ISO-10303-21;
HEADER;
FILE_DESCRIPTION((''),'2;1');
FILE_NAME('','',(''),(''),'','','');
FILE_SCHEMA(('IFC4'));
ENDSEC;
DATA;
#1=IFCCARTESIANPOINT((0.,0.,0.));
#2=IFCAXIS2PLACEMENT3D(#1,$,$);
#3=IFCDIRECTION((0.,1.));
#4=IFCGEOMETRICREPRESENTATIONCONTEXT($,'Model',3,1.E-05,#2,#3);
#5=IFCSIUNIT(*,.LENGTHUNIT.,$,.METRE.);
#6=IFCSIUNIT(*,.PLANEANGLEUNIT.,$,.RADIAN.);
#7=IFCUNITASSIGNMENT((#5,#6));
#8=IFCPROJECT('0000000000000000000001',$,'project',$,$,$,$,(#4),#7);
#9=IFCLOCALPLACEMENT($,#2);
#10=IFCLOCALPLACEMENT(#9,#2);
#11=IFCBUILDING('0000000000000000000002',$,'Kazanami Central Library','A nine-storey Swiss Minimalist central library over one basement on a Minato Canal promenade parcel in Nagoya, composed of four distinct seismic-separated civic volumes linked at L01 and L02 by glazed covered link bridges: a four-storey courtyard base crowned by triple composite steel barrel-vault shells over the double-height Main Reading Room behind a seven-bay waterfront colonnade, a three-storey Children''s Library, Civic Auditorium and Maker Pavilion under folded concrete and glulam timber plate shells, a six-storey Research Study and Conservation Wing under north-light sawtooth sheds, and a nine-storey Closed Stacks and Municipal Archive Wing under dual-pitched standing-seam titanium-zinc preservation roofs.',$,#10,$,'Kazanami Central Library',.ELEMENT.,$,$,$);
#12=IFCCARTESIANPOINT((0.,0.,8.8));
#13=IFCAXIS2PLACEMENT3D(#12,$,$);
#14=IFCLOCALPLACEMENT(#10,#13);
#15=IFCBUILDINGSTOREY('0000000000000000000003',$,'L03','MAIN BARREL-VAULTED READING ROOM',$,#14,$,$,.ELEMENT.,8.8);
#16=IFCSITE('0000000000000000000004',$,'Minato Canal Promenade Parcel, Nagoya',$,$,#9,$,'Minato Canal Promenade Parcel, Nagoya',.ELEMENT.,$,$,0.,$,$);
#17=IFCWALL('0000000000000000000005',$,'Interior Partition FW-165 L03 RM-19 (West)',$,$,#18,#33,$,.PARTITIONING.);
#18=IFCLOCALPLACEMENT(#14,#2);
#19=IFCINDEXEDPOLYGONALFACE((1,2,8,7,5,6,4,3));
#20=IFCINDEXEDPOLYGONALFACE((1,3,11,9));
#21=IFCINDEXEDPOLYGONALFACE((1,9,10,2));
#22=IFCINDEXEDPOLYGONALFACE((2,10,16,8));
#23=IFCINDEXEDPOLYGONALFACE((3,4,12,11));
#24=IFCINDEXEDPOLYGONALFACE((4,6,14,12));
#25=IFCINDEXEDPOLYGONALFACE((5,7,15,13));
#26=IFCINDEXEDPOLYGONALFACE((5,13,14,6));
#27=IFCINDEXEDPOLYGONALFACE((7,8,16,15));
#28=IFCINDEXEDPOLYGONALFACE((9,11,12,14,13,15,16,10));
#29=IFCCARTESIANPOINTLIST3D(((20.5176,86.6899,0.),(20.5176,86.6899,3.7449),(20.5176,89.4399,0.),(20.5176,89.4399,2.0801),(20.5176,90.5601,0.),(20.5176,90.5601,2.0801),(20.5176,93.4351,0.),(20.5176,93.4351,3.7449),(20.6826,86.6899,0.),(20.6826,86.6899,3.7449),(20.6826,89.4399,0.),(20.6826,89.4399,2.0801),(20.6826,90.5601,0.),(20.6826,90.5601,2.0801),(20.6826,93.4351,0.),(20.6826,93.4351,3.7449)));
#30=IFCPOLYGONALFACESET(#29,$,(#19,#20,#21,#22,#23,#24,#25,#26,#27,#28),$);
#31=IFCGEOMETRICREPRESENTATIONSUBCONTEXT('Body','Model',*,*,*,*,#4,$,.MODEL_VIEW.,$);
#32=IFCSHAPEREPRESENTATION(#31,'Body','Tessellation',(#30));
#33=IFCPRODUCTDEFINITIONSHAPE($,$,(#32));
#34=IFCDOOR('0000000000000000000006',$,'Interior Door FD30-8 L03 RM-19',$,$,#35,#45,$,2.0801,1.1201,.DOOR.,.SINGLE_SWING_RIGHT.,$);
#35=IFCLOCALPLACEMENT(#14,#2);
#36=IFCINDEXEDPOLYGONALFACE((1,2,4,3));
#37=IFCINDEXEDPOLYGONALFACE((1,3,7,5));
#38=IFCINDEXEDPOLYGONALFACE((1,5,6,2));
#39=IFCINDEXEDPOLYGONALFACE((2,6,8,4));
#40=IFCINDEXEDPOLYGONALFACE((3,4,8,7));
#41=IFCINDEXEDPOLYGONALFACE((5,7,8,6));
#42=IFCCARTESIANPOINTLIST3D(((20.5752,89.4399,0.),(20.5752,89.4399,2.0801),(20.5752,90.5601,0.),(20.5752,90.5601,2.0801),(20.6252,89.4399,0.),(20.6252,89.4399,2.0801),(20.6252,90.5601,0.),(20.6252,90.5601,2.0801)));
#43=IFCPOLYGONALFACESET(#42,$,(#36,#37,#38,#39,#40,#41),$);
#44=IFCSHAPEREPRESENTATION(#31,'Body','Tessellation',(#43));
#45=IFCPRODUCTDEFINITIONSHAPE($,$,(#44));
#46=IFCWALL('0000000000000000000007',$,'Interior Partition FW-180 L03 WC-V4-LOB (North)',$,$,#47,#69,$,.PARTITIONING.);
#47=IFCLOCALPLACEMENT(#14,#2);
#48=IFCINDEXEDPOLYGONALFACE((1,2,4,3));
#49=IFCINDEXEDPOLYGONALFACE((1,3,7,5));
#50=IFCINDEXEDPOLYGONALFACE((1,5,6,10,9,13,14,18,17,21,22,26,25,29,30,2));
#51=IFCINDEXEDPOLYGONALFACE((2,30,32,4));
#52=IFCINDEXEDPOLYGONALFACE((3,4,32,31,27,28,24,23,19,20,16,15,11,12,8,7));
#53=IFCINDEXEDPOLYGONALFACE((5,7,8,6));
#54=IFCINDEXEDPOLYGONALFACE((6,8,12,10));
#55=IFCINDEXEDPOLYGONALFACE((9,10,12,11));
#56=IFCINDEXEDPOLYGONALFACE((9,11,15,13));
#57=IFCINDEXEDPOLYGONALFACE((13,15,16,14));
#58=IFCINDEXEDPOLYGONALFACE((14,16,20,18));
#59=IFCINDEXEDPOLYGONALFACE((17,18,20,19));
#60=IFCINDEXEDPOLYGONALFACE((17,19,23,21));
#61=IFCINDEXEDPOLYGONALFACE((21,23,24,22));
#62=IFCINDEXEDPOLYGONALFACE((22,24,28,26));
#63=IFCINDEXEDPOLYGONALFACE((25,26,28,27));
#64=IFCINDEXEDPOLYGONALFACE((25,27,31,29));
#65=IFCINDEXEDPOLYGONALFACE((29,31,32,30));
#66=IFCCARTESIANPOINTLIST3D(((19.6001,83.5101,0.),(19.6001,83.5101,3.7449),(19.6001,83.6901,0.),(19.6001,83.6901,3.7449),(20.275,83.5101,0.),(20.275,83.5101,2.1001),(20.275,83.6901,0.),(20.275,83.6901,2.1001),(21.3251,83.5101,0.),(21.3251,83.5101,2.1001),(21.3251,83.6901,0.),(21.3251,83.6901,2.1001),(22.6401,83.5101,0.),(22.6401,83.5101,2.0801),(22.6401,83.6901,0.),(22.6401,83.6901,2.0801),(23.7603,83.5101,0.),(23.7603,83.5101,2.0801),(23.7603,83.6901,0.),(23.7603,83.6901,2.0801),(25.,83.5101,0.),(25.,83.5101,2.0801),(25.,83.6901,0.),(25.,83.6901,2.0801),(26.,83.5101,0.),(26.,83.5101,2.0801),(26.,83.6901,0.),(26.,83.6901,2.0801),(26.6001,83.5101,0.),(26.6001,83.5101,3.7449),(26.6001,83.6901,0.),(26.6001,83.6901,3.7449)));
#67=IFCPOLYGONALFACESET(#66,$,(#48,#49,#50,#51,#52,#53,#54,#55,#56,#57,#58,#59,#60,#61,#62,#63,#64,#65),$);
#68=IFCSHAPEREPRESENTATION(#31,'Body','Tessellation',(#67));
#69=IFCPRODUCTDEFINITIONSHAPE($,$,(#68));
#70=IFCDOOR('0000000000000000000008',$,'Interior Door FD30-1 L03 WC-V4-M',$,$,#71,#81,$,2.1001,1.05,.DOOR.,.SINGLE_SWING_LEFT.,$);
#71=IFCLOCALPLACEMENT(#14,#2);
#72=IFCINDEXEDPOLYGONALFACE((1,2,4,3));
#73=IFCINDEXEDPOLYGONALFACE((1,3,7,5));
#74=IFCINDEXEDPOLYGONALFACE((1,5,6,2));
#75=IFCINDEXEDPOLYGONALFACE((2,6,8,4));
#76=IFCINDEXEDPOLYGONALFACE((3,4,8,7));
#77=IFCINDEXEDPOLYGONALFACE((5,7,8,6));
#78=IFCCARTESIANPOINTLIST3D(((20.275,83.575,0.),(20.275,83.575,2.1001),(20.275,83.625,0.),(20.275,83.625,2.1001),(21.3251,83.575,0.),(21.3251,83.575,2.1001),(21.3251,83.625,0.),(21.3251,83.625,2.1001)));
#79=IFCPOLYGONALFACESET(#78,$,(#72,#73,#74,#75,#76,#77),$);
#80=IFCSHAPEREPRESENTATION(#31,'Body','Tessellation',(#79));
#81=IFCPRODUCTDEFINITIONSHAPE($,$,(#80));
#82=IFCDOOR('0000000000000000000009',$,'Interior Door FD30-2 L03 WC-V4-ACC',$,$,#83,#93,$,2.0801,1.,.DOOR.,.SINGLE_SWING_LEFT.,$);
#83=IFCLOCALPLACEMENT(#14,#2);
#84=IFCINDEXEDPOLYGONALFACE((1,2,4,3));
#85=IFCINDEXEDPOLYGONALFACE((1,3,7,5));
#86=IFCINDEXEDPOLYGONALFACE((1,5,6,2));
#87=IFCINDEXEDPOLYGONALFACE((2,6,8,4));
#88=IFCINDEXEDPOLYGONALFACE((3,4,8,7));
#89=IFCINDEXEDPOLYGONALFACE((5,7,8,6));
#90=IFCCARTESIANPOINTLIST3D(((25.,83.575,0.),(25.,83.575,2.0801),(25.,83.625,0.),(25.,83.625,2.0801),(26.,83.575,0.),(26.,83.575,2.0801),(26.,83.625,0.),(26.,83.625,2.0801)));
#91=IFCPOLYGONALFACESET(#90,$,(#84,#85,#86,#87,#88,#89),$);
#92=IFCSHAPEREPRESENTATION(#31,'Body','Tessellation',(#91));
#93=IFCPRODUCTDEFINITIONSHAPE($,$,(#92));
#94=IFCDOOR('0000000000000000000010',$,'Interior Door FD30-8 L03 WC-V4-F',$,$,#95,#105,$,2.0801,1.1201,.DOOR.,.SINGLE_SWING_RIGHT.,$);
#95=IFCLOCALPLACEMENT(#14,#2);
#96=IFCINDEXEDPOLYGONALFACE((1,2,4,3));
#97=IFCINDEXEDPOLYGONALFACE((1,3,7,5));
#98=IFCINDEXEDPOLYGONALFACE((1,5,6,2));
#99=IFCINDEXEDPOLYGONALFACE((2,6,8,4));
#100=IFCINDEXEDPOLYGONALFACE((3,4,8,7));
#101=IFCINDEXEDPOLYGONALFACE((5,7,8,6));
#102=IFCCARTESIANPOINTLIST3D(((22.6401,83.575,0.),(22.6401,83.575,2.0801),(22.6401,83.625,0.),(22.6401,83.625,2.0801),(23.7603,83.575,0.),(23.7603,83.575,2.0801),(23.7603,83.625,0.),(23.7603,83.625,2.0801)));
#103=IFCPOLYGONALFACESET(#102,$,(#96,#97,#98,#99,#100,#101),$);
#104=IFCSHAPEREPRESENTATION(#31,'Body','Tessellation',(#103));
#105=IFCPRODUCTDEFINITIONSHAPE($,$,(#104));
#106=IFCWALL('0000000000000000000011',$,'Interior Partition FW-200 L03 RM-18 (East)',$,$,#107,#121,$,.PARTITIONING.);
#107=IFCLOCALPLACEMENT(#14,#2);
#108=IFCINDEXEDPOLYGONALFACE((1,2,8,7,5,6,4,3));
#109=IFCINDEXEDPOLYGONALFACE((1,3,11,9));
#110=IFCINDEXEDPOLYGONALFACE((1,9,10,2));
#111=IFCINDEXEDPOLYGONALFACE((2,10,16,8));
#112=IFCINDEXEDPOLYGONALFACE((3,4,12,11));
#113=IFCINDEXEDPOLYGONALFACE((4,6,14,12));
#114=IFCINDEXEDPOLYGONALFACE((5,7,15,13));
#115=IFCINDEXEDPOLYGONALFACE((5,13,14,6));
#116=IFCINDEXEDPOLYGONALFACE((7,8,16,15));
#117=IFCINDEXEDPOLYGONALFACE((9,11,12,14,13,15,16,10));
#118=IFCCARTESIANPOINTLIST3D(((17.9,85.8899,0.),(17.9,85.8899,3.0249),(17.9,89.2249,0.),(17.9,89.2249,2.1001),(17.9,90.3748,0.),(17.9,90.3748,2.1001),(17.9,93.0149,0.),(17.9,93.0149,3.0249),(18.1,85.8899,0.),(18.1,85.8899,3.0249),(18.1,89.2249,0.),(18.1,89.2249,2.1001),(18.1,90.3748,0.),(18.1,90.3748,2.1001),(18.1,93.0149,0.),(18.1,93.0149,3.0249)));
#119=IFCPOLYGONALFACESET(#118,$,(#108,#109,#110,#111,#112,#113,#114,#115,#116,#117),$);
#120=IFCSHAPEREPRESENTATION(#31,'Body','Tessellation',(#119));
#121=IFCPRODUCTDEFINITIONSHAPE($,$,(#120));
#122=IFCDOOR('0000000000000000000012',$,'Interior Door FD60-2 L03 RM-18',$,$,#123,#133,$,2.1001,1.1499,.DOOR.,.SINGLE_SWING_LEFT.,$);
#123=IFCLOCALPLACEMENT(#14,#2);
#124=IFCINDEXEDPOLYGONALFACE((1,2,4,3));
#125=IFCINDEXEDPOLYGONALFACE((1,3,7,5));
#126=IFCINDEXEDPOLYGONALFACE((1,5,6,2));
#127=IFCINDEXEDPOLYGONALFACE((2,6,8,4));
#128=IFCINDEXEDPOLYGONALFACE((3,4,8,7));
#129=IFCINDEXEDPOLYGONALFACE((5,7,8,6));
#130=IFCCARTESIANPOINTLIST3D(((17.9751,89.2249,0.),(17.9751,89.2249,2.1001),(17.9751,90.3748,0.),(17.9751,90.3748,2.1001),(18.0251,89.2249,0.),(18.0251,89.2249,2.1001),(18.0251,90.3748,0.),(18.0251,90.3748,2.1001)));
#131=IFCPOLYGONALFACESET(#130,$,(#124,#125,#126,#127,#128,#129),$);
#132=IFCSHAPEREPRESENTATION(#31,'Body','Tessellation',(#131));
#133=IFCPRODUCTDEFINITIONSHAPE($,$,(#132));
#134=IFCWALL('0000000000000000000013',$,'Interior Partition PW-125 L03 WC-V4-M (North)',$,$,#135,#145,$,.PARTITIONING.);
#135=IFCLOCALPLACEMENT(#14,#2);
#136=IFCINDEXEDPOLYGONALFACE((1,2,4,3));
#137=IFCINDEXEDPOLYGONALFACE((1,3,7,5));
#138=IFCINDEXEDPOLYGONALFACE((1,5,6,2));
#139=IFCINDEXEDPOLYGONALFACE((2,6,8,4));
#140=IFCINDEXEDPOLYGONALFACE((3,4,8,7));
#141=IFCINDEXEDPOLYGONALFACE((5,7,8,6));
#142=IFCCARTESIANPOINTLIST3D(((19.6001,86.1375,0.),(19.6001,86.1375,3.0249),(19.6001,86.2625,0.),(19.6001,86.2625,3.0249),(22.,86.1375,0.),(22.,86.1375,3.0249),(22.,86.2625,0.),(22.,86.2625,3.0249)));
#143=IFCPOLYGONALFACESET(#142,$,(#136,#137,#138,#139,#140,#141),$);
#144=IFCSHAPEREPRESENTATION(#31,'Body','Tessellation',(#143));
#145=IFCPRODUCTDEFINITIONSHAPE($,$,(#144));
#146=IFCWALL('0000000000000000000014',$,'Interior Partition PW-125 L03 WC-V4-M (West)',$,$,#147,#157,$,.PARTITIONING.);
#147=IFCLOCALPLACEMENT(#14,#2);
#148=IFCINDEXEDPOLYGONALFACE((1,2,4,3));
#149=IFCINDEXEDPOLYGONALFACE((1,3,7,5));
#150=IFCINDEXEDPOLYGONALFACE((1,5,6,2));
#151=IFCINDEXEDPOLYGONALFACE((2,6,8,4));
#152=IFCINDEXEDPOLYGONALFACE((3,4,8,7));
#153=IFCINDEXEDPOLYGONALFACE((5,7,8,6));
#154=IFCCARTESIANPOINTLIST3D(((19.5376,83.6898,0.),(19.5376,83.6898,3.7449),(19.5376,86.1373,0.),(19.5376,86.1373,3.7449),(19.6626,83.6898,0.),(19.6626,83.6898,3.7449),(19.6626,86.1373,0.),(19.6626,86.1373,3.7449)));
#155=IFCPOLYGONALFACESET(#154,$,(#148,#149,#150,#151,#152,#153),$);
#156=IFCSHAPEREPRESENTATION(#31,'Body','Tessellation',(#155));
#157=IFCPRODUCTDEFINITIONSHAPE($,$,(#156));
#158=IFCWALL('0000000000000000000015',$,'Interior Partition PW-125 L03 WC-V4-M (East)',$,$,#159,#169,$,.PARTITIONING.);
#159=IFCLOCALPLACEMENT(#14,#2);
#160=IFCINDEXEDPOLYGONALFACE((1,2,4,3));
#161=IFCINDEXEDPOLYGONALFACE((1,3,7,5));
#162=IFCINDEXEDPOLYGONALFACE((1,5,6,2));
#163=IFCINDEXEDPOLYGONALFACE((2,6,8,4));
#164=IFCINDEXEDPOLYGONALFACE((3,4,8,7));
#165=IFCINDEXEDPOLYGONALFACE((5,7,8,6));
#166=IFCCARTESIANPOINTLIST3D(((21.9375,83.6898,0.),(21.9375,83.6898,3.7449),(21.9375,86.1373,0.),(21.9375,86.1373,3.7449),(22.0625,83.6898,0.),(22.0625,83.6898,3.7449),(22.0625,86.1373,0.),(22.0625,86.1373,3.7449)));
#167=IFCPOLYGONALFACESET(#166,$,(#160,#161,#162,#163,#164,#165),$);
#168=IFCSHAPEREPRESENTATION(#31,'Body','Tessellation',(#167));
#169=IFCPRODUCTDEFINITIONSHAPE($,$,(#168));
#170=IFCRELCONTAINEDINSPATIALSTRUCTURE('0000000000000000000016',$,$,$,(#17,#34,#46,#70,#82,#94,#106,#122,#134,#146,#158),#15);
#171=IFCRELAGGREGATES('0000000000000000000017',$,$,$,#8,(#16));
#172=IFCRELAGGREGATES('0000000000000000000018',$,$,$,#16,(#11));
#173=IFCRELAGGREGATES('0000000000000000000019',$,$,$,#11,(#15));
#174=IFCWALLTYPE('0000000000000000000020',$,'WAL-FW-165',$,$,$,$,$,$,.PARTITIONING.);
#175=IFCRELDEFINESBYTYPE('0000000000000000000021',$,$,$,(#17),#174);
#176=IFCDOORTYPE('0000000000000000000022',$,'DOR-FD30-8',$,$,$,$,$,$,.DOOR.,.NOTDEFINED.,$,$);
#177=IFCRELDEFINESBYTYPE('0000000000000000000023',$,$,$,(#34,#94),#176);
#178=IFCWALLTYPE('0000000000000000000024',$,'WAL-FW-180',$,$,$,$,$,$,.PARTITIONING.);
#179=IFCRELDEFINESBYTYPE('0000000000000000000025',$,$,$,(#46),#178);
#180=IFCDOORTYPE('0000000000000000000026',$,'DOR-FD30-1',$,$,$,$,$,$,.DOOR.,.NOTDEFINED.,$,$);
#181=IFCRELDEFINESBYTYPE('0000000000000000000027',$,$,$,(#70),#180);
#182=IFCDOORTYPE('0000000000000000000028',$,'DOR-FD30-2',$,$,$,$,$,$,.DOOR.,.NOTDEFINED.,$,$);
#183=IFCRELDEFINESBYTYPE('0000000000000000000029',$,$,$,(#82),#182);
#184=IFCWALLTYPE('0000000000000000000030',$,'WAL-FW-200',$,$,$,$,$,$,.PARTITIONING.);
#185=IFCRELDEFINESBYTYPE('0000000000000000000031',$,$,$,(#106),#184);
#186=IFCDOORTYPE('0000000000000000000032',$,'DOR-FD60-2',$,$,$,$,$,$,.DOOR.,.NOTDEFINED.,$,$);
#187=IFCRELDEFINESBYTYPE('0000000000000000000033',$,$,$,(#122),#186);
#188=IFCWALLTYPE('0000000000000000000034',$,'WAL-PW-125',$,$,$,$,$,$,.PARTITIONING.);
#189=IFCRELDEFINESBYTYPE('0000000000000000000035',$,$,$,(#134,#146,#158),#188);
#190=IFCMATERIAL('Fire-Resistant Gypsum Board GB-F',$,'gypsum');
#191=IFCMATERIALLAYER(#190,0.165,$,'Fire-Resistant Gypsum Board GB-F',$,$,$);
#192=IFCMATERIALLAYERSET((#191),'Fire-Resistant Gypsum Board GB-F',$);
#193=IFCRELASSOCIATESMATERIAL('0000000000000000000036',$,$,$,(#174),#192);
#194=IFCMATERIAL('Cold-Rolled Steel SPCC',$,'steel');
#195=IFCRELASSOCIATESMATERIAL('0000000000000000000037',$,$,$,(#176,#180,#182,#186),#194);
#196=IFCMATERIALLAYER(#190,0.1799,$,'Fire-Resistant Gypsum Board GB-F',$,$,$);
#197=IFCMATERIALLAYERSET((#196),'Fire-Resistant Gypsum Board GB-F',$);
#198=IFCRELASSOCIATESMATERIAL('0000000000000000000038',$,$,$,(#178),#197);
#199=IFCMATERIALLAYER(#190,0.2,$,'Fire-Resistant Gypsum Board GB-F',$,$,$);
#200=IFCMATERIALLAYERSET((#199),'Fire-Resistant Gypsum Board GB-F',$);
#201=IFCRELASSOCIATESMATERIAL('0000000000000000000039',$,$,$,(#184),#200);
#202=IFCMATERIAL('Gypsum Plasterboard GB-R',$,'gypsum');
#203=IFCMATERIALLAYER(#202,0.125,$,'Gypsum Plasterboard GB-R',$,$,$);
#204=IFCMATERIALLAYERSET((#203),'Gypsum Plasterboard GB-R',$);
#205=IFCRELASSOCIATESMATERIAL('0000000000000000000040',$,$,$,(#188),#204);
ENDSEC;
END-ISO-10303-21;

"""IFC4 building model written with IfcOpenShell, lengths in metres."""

from ifc_helpers import new_model, si_unit, direction, frame, frame_2d, origin, place, context, subcontext, project, spatial, rectangle, extrude, material, layer, layer_set, type_object, element, fill, save


model = new_model("IFC4")

# Units and contexts
model_context = context("Model", 3, precision=1e-05, world=origin(), true_north=direction((0.0, 1.0)))
body_context = subcontext(model_context, "Body", "Model", "MODEL_VIEW")
ifc_project = project(units=[si_unit("LENGTHUNIT", "METRE"), si_unit("PLANEANGLEUNIT", "RADIAN")], contexts=[model_context])

# Site, building, storey
site_placement = place(None, origin())
site = spatial("IfcSite", under=ifc_project, at=site_placement, Name="Minato Canal Promenade Parcel, Nagoya", LongName="Minato Canal Promenade Parcel, Nagoya", CompositionType="ELEMENT", RefElevation=0.0)
building_placement = place(site_placement, origin())
building = spatial("IfcBuilding", under=site, at=building_placement, Name="Kazanami Central Library", Description="A nine-storey Swiss Minimalist central library over one basement on a Minato Canal promenade parcel in Nagoya, composed of four distinct seismic-separated civic volumes linked at L01 and L02 by glazed covered link bridges: a four-storey courtyard base crowned by triple composite steel barrel-vault shells over the double-height Main Reading Room behind a seven-bay waterfront colonnade, a three-storey Children's Library, Civic Auditorium and Maker Pavilion under folded concrete and glulam timber plate shells, a six-storey Research Study and Conservation Wing under north-light sawtooth sheds, and a nine-storey Closed Stacks and Municipal Archive Wing under dual-pitched standing-seam titanium-zinc preservation roofs.", LongName="Kazanami Central Library", CompositionType="ELEMENT")
storey_placement = place(building_placement, frame((0.0, 0.0, 8.8)))
storey = spatial("IfcBuildingStorey", under=building, at=storey_placement, Name="L03", Description="MAIN BARREL-VAULTED READING ROOM", CompositionType="ELEMENT", Elevation=8.8)

# Shared definitions
ifc_material_1 = material(Name="Fire-Resistant Gypsum Board GB-F", Category="gypsum")
ifc_layer_1 = layer(ifc_material_1, 0.165, Name="Fire-Resistant Gypsum Board GB-F")
ifc_layer_set_1 = layer_set([ifc_layer_1], Name="Fire-Resistant Gypsum Board GB-F")
wall_type_1 = type_object("IfcWallType", Name="WAL-FW-165", PredefinedType="PARTITIONING", material=ifc_layer_set_1)

# Wall, opening, door
wall_1_placement = place(storey_placement, frame((20.6001, 86.6899, 0.0), z_axis=(0.0, 0.0, 1.0), x_axis=(0.0, 1.0, 0.0)))
wall_1 = element("IfcWall", 1, at=wall_1_placement, inside=storey, type_object=wall_type_1, Name="Interior Partition FW-165 L03 RM-19 (West)", PredefinedType="PARTITIONING", context=body_context, shape_type="SweptSolid", body=[
    extrude(rectangle(XDim=6.7451, YDim=0.165, at=frame_2d((3.3726, 0.0))), origin(), (0.0, 0.0, 1.0), 3.7449),
])
opening_1_placement = place(wall_1_placement, frame((2.75, 0.0, 0.0)))
opening_1 = element("IfcOpeningElement", 2, at=opening_1_placement, cuts=wall_1, PredefinedType="OPENING", context=body_context, shape_type="SweptSolid", body=[
    extrude(rectangle(XDim=1.1201, YDim=2.0801, at=frame_2d((0.5601, 1.04))), frame((0.0, 0.0945, 0.0), z_axis=(0.0, -1.0, 0.0), x_axis=(1.0, 0.0, 0.0)), (0.0, 0.0, 1.0), 0.189),
])
ifc_material_2 = material(Name="Cold-Rolled Steel SPCC", Category="steel")
door_type_1 = type_object("IfcDoorType", Name="DOR-FD30-8", OperationType="NOTDEFINED", PredefinedType="DOOR", material=ifc_material_2)
door_1_placement = place(opening_1_placement, origin())
door_1 = element("IfcDoor", 3, at=door_1_placement, inside=storey, type_object=door_type_1, Name="Interior Door FD30-8 L03 RM-19", OperationType="SINGLE_SWING_RIGHT", OverallHeight=2.0801, OverallWidth=1.1201, PredefinedType="DOOR", context=body_context, shape_type="SweptSolid", body=[
    extrude(rectangle(XDim=1.1201, YDim=2.0801, at=frame_2d((0.5601, 1.04))), frame((0.0, 0.0249, 0.0), z_axis=(0.0, -1.0, 0.0), x_axis=(1.0, 0.0, 0.0)), (0.0, 0.0, 1.0), 0.05),
])
fill(opening_1, door_1)

# Wall, openings, doors
ifc_layer_2 = layer(ifc_material_1, 0.1799, Name="Fire-Resistant Gypsum Board GB-F")
ifc_layer_set_2 = layer_set([ifc_layer_2], Name="Fire-Resistant Gypsum Board GB-F")
wall_type_2 = type_object("IfcWallType", Name="WAL-FW-180", PredefinedType="PARTITIONING", material=ifc_layer_set_2)
wall_2_placement = place(storey_placement, frame((19.6001, 83.6001, 0.0), z_axis=(0.0, 0.0, 1.0), x_axis=(1.0, 0.0, 0.0)))
wall_2 = element("IfcWall", 4, at=wall_2_placement, inside=storey, type_object=wall_type_2, Name="Interior Partition FW-180 L03 WC-V4-LOB (North)", PredefinedType="PARTITIONING", context=body_context, shape_type="SweptSolid", body=[
    extrude(rectangle(XDim=7.0, YDim=0.1799, at=frame_2d((3.5, 0.0))), origin(), (0.0, 0.0, 1.0), 3.7449),
])
opening_2_placement = place(wall_2_placement, frame((0.675, 0.0, 0.0)))
opening_2 = element("IfcOpeningElement", 5, at=opening_2_placement, cuts=wall_2, PredefinedType="OPENING", context=body_context, shape_type="SweptSolid", body=[
    extrude(rectangle(XDim=1.05, YDim=2.1001, at=frame_2d((0.5249, 1.05))), frame((0.0, 0.1021, 0.0), z_axis=(0.0, -1.0, 0.0), x_axis=(1.0, 0.0, 0.0)), (0.0, 0.0, 1.0), 0.2039),
])
opening_3_placement = place(wall_2_placement, frame((3.04, 0.0, 0.0)))
opening_3 = element("IfcOpeningElement", 6, at=opening_3_placement, cuts=wall_2, PredefinedType="OPENING", context=body_context, shape_type="SweptSolid", body=[
    extrude(rectangle(XDim=1.1201, YDim=2.0801, at=frame_2d((0.5601, 1.04))), frame((0.0, 0.1021, 0.0), z_axis=(0.0, -1.0, 0.0), x_axis=(1.0, 0.0, 0.0)), (0.0, 0.0, 1.0), 0.2039),
])
opening_4_placement = place(wall_2_placement, frame((5.3999, 0.0, 0.0)))
opening_4 = element("IfcOpeningElement", 7, at=opening_4_placement, cuts=wall_2, PredefinedType="OPENING", context=body_context, shape_type="SweptSolid", body=[
    extrude(rectangle(XDim=1.0, YDim=2.0801, at=frame_2d((0.5, 1.04))), frame((0.0, 0.1021, 0.0), z_axis=(0.0, -1.0, 0.0), x_axis=(1.0, 0.0, 0.0)), (0.0, 0.0, 1.0), 0.2039),
])
door_type_2 = type_object("IfcDoorType", Name="DOR-FD30-1", OperationType="NOTDEFINED", PredefinedType="DOOR", material=ifc_material_2)
door_2_placement = place(opening_2_placement, origin())
door_2 = element("IfcDoor", 8, at=door_2_placement, inside=storey, type_object=door_type_2, Name="Interior Door FD30-1 L03 WC-V4-M", OperationType="SINGLE_SWING_LEFT", OverallHeight=2.1001, OverallWidth=1.05, PredefinedType="DOOR", context=body_context, shape_type="SweptSolid", body=[
    extrude(rectangle(XDim=1.05, YDim=2.1001, at=frame_2d((0.5249, 1.05))), frame((0.0, 0.0249, 0.0), z_axis=(0.0, -1.0, 0.0), x_axis=(1.0, 0.0, 0.0)), (0.0, 0.0, 1.0), 0.05),
])
fill(opening_2, door_2)
door_type_3 = type_object("IfcDoorType", Name="DOR-FD30-2", OperationType="NOTDEFINED", PredefinedType="DOOR", material=ifc_material_2)
door_3_placement = place(opening_4_placement, origin())
door_3 = element("IfcDoor", 9, at=door_3_placement, inside=storey, type_object=door_type_3, Name="Interior Door FD30-2 L03 WC-V4-ACC", OperationType="SINGLE_SWING_LEFT", OverallHeight=2.0801, OverallWidth=1.0, PredefinedType="DOOR", context=body_context, shape_type="SweptSolid", body=[
    extrude(rectangle(XDim=1.0, YDim=2.0801, at=frame_2d((0.5, 1.04))), frame((0.0, 0.0249, 0.0), z_axis=(0.0, -1.0, 0.0), x_axis=(1.0, 0.0, 0.0)), (0.0, 0.0, 1.0), 0.05),
])
fill(opening_4, door_3)
door_4_placement = place(opening_3_placement, origin())
door_4 = element("IfcDoor", 10, at=door_4_placement, inside=storey, type_object=door_type_1, Name="Interior Door FD30-8 L03 WC-V4-F", OperationType="SINGLE_SWING_RIGHT", OverallHeight=2.0801, OverallWidth=1.1201, PredefinedType="DOOR", context=body_context, shape_type="SweptSolid", body=[
    extrude(rectangle(XDim=1.1201, YDim=2.0801, at=frame_2d((0.5601, 1.04))), frame((0.0, 0.0249, 0.0), z_axis=(0.0, -1.0, 0.0), x_axis=(1.0, 0.0, 0.0)), (0.0, 0.0, 1.0), 0.05),
])
fill(opening_3, door_4)

# Wall, opening, door
ifc_layer_3 = layer(ifc_material_1, 0.2, Name="Fire-Resistant Gypsum Board GB-F")
ifc_layer_set_3 = layer_set([ifc_layer_3], Name="Fire-Resistant Gypsum Board GB-F")
wall_type_3 = type_object("IfcWallType", Name="WAL-FW-200", PredefinedType="PARTITIONING", material=ifc_layer_set_3)
wall_3_placement = place(storey_placement, frame((18.0, 85.8899, 0.0), z_axis=(0.0, 0.0, 1.0), x_axis=(0.0, 1.0, 0.0)))
wall_3 = element("IfcWall", 11, at=wall_3_placement, inside=storey, type_object=wall_type_3, Name="Interior Partition FW-200 L03 RM-18 (East)", PredefinedType="PARTITIONING", context=body_context, shape_type="SweptSolid", body=[
    extrude(rectangle(XDim=7.125, YDim=0.2, at=frame_2d((3.5625, 0.0))), origin(), (0.0, 0.0, 1.0), 3.0249),
])
opening_5_placement = place(wall_3_placement, frame((3.335, 0.0, 0.0)))
opening_5 = element("IfcOpeningElement", 12, at=opening_5_placement, cuts=wall_3, PredefinedType="OPENING", context=body_context, shape_type="SweptSolid", body=[
    extrude(rectangle(XDim=1.1499, YDim=2.1001, at=frame_2d((0.575, 1.05))), frame((0.0, 0.1118, 0.0), z_axis=(0.0, -1.0, 0.0), x_axis=(1.0, 0.0, 0.0)), (0.0, 0.0, 1.0), 0.2239),
])
door_type_4 = type_object("IfcDoorType", Name="DOR-FD60-2", OperationType="NOTDEFINED", PredefinedType="DOOR", material=ifc_material_2)
door_5_placement = place(opening_5_placement, origin())
door_5 = element("IfcDoor", 13, at=door_5_placement, inside=storey, type_object=door_type_4, Name="Interior Door FD60-2 L03 RM-18", OperationType="SINGLE_SWING_LEFT", OverallHeight=2.1001, OverallWidth=1.1499, PredefinedType="DOOR", context=body_context, shape_type="SweptSolid", body=[
    extrude(rectangle(XDim=1.1499, YDim=2.1001, at=frame_2d((0.575, 1.05))), frame((0.0, 0.0249, 0.0), z_axis=(0.0, -1.0, 0.0), x_axis=(1.0, 0.0, 0.0)), (0.0, 0.0, 1.0), 0.05),
])
fill(opening_5, door_5)

# Walls
ifc_material_3 = material(Name="Gypsum Plasterboard GB-R", Category="gypsum")
ifc_layer_4 = layer(ifc_material_3, 0.125, Name="Gypsum Plasterboard GB-R")
ifc_layer_set_4 = layer_set([ifc_layer_4], Name="Gypsum Plasterboard GB-R")
wall_type_4 = type_object("IfcWallType", Name="WAL-PW-125", PredefinedType="PARTITIONING", material=ifc_layer_set_4)
wall_4_placement = place(storey_placement, frame((19.6001, 86.2, 0.0), z_axis=(0.0, 0.0, 1.0), x_axis=(1.0, 0.0, 0.0)))
element("IfcWall", 14, at=wall_4_placement, inside=storey, type_object=wall_type_4, Name="Interior Partition PW-125 L03 WC-V4-M (North)", PredefinedType="PARTITIONING", context=body_context, shape_type="SweptSolid", body=[
    extrude(rectangle(XDim=2.3999, YDim=0.125, at=frame_2d((1.2, 0.0))), origin(), (0.0, 0.0, 1.0), 3.0249),
])
for number, where, z_axis, x_axis, name in (
    (15, (19.6001, 83.6899, 0.0), (0.0, 0.0, 1.0), (0.0, 1.0, 0.0), "Interior Partition PW-125 L03 WC-V4-M (West)"),
    (16, (22.0, 83.6899, 0.0), (0.0, 0.0, 1.0), (0.0, 1.0, 0.0), "Interior Partition PW-125 L03 WC-V4-M (East)"),
):
    element("IfcWall", number, at=place(storey_placement, frame(where, z_axis=z_axis, x_axis=x_axis)), inside=storey, type_object=wall_type_4, Name=name, PredefinedType="PARTITIONING", context=body_context, shape_type="SweptSolid", body=[
        extrude(rectangle(XDim=2.4475, YDim=0.125, at=frame_2d((1.2236, 0.0))), origin(), (0.0, 0.0, 1.0), 3.7449),
    ])

save(model, "model.ifc")
